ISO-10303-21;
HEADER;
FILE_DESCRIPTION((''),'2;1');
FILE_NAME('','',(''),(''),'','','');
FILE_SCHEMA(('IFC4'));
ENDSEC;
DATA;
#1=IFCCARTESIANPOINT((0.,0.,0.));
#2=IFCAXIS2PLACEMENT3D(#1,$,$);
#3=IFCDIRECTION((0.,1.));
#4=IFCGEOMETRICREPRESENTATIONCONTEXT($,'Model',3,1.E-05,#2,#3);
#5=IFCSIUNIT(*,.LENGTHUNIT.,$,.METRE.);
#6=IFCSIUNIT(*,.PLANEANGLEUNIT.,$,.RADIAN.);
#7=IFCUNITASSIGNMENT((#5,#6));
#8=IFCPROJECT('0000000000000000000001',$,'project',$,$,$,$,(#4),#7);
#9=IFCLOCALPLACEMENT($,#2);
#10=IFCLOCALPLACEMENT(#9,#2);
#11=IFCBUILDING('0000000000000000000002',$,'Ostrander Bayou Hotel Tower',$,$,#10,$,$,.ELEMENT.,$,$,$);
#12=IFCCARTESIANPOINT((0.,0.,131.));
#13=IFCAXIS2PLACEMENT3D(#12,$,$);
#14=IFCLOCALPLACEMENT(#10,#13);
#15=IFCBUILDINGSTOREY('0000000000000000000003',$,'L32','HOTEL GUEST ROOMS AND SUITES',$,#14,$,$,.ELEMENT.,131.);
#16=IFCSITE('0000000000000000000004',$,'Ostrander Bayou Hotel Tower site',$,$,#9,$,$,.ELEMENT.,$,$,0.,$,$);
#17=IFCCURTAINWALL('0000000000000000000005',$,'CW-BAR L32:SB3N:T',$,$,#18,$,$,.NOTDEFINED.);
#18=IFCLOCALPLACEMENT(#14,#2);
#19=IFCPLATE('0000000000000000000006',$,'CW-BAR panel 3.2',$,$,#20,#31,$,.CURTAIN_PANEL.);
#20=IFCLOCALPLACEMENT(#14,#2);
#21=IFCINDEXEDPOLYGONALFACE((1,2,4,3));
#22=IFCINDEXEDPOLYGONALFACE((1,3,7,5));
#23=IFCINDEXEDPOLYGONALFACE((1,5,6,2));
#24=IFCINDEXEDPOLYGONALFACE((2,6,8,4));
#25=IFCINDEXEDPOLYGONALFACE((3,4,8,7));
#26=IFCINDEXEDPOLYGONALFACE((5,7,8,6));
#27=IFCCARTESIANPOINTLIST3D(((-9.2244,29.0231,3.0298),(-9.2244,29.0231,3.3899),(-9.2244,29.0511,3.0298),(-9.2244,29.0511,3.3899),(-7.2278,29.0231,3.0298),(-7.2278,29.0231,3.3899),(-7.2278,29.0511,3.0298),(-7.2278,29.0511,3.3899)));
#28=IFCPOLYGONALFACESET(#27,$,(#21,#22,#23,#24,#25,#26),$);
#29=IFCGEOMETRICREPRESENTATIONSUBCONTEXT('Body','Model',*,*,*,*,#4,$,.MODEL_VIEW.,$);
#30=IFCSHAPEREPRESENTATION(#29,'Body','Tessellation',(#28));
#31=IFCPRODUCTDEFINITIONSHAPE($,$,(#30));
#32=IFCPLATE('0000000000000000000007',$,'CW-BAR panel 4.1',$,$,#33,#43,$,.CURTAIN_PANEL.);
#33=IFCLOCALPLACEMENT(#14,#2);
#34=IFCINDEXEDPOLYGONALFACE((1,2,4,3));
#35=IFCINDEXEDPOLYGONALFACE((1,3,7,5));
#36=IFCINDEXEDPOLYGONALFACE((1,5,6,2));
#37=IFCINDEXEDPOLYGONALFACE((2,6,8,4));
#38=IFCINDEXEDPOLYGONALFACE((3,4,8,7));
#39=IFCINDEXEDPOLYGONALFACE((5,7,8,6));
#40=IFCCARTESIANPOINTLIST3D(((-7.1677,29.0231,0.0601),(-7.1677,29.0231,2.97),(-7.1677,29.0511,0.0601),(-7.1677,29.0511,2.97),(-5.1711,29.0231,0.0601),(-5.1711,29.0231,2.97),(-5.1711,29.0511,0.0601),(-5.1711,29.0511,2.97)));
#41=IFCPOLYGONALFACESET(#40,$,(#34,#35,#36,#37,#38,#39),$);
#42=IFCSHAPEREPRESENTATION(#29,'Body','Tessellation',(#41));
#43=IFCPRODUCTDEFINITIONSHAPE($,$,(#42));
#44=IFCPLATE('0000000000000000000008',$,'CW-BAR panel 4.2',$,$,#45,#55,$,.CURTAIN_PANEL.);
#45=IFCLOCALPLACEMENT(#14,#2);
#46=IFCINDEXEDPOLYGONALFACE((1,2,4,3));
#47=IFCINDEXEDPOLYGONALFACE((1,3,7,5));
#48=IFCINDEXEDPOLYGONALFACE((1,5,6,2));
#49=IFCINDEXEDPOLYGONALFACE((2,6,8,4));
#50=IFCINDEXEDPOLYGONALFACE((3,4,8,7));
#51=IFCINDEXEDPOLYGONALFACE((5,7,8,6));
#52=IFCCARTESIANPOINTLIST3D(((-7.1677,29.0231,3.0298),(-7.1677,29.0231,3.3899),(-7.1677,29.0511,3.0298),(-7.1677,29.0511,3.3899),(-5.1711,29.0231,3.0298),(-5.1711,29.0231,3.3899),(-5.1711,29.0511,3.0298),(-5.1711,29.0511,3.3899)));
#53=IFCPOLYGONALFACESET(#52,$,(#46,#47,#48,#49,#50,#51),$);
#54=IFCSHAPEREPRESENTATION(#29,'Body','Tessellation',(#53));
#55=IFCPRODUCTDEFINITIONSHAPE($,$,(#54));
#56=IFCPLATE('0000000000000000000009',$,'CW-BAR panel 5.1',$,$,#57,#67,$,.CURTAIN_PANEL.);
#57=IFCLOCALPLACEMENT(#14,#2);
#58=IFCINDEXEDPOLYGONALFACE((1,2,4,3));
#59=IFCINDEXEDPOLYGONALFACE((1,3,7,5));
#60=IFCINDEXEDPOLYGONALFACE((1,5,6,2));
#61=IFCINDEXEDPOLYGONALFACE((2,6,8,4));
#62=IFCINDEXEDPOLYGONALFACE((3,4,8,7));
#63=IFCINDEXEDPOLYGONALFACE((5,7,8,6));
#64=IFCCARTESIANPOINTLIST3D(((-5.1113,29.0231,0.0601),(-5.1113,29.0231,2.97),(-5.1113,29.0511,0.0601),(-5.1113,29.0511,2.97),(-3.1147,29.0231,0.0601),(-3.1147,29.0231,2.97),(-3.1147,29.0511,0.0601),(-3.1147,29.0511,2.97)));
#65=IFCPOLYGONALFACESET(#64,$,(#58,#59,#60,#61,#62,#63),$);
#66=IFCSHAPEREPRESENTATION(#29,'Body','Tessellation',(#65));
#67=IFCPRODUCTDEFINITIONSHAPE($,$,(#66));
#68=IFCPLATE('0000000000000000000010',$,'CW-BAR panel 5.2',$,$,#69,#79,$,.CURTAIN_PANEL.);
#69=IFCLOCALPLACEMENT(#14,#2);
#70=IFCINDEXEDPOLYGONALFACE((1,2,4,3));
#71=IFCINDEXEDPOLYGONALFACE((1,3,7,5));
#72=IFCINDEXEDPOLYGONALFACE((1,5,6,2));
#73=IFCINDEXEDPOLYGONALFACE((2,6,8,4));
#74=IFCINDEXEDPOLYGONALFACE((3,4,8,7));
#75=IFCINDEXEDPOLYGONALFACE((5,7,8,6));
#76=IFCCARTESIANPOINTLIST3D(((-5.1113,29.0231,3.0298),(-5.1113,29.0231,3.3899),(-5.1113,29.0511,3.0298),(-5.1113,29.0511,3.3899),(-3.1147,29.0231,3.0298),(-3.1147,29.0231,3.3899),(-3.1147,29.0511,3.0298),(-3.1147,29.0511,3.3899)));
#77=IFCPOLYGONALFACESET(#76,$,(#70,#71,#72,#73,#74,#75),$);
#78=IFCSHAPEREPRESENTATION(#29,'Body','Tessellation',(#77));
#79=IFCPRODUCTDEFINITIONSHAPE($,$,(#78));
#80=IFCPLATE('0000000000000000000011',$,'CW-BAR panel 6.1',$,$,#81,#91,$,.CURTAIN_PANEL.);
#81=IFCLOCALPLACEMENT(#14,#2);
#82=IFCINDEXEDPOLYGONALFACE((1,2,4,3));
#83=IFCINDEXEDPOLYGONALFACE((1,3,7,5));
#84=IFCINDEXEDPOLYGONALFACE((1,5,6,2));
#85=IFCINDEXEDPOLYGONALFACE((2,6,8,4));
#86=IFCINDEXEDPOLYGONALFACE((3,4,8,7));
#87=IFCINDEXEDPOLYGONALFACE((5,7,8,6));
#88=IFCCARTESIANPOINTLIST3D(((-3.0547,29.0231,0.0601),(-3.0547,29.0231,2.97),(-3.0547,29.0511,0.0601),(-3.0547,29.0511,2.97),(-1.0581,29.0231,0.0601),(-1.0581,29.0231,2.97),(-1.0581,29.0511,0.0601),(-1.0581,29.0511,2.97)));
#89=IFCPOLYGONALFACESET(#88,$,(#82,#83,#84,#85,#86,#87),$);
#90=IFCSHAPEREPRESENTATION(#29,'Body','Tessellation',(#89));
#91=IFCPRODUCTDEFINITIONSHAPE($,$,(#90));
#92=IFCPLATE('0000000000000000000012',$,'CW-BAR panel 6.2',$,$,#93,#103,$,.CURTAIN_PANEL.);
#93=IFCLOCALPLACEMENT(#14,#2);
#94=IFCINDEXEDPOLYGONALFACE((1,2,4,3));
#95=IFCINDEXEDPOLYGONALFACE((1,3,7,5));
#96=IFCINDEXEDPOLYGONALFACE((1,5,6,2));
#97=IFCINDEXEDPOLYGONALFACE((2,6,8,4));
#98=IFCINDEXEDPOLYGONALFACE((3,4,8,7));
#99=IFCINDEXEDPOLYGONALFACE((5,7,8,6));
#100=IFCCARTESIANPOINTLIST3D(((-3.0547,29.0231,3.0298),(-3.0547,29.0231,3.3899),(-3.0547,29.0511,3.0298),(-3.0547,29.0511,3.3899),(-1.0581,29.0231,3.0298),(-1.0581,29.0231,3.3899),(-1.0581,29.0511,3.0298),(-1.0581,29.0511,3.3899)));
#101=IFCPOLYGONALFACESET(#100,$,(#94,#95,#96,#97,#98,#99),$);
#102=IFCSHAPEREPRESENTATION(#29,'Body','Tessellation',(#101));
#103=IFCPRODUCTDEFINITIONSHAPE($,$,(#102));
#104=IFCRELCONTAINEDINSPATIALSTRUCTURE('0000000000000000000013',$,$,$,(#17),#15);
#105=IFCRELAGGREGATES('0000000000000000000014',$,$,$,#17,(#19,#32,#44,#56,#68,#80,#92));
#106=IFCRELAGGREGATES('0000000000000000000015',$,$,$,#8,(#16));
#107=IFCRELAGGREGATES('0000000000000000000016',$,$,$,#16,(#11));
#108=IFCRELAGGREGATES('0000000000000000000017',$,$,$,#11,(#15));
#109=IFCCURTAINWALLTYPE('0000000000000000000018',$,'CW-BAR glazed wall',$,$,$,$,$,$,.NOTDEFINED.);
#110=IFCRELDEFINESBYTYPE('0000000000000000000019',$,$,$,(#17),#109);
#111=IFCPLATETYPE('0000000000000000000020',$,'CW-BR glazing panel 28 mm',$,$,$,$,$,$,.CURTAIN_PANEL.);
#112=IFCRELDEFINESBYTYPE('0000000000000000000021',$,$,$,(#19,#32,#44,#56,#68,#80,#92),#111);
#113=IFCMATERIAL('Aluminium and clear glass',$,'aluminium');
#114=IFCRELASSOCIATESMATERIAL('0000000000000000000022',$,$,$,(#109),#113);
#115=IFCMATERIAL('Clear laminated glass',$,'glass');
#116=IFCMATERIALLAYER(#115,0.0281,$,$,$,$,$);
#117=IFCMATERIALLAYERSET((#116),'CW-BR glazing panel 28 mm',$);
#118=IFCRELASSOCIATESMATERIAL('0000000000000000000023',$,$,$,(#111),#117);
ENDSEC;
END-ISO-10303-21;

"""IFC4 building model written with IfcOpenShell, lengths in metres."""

from ifc_helpers import new_model, si_unit, direction, frame, origin, origin_2d, place, context, subcontext, project, spatial, rectangle, extrude, material, layer, layer_set, type_object, element, aggregate, save


model = new_model("IFC4")

# Units and contexts
model_context = context("Model", 3, precision=1e-05, world=origin(), true_north=direction((0.0, 1.0)))
body_context = subcontext(model_context, "Body", "Model", "MODEL_VIEW")
ifc_project = project(units=[si_unit("LENGTHUNIT", "METRE"), si_unit("PLANEANGLEUNIT", "RADIAN")], contexts=[model_context])

# Site, building, storey
site_placement = place(None, origin())
site = spatial("IfcSite", under=ifc_project, at=site_placement, Name="Ostrander Bayou Hotel Tower site", CompositionType="ELEMENT", RefElevation=0.0)
building_placement = place(site_placement, origin())
building = spatial("IfcBuilding", under=site, at=building_placement, Name="Ostrander Bayou Hotel Tower", CompositionType="ELEMENT")
storey_placement = place(building_placement, frame((0.0, 0.0, 131.0)))
storey = spatial("IfcBuildingStorey", under=building, at=storey_placement, Name="L32", Description="HOTEL GUEST ROOMS AND SUITES", CompositionType="ELEMENT", Elevation=131.0)

# Curtain wall, plates
ifc_material_1 = material(Name="Aluminium and clear glass", Category="aluminium")
curtain_wall_type = type_object("IfcCurtainWallType", Name="CW-BAR glazed wall", PredefinedType="NOTDEFINED", material=ifc_material_1)
curtain_wall_placement = place(storey_placement, origin())
curtain_wall = element("IfcCurtainWall", 1, at=curtain_wall_placement, inside=storey, type_object=curtain_wall_type, Name="CW-BAR L32:SB3N:T", PredefinedType="NOTDEFINED")
ifc_material_2 = material(Name="Clear laminated glass", Category="glass")
ifc_layer = layer(ifc_material_2, 0.0281)
ifc_layer_set = layer_set([ifc_layer], Name="CW-BR glazing panel 28 mm")
plate_type = type_object("IfcPlateType", Name="CW-BR glazing panel 28 mm", PredefinedType="CURTAIN_PANEL", material=ifc_layer_set)
plate_1_placement = place(storey_placement, frame((-8.2261, 29.0371, 3.0298), z_axis=(0.0, 0.0, 1.0), x_axis=(1.0, 0.0, 0.0)))
plate_1 = element("IfcPlate", 2, at=plate_1_placement, type_object=plate_type, Name="CW-BAR panel 3.2", PredefinedType="CURTAIN_PANEL", context=body_context, shape_type="SweptSolid", body=[
    extrude(rectangle(XDim=1.9966, YDim=0.0281, at=origin_2d()), origin(), (0.0, 0.0, 1.0), 0.3601),
])
plate_2_placement = place(storey_placement, frame((-6.1694, 29.0371, 0.0601), z_axis=(0.0, 0.0, 1.0), x_axis=(1.0, 0.0, 0.0)))
plate_2 = element("IfcPlate", 3, at=plate_2_placement, type_object=plate_type, Name="CW-BAR panel 4.1", PredefinedType="CURTAIN_PANEL", context=body_context, shape_type="SweptSolid", body=[
    extrude(rectangle(XDim=1.9966, YDim=0.0281, at=origin_2d()), origin(), (0.0, 0.0, 1.0), 2.9099),
])
plate_3_placement = place(storey_placement, frame((-6.1694, 29.0371, 3.0298), z_axis=(0.0, 0.0, 1.0), x_axis=(1.0, 0.0, 0.0)))
plate_3 = element("IfcPlate", 4, at=plate_3_placement, type_object=plate_type, Name="CW-BAR panel 4.2", PredefinedType="CURTAIN_PANEL", context=body_context, shape_type="SweptSolid", body=[
    extrude(rectangle(XDim=1.9966, YDim=0.0281, at=origin_2d()), origin(), (0.0, 0.0, 1.0), 0.3601),
])
plate_4_placement = place(storey_placement, frame((-4.113, 29.0371, 0.0601), z_axis=(0.0, 0.0, 1.0), x_axis=(1.0, 0.0, 0.0)))
plate_4 = element("IfcPlate", 5, at=plate_4_placement, type_object=plate_type, Name="CW-BAR panel 5.1", PredefinedType="CURTAIN_PANEL", context=body_context, shape_type="SweptSolid", body=[
    extrude(rectangle(XDim=1.9966, YDim=0.0281, at=origin_2d()), origin(), (0.0, 0.0, 1.0), 2.9099),
])
plate_5_placement = place(storey_placement, frame((-4.113, 29.0371, 3.0298), z_axis=(0.0, 0.0, 1.0), x_axis=(1.0, 0.0, 0.0)))
plate_5 = element("IfcPlate", 6, at=plate_5_placement, type_object=plate_type, Name="CW-BAR panel 5.2", PredefinedType="CURTAIN_PANEL", context=body_context, shape_type="SweptSolid", body=[
    extrude(rectangle(XDim=1.9966, YDim=0.0281, at=origin_2d()), origin(), (0.0, 0.0, 1.0), 0.3601),
])
plate_6_placement = place(storey_placement, frame((-2.0564, 29.0371, 0.0601), z_axis=(0.0, 0.0, 1.0), x_axis=(1.0, 0.0, 0.0)))
plate_6 = element("IfcPlate", 7, at=plate_6_placement, type_object=plate_type, Name="CW-BAR panel 6.1", PredefinedType="CURTAIN_PANEL", context=body_context, shape_type="SweptSolid", body=[
    extrude(rectangle(XDim=1.9966, YDim=0.0281, at=origin_2d()), origin(), (0.0, 0.0, 1.0), 2.9099),
])
plate_7_placement = place(storey_placement, frame((-2.0564, 29.0371, 3.0298), z_axis=(0.0, 0.0, 1.0), x_axis=(1.0, 0.0, 0.0)))
plate_7 = element("IfcPlate", 8, at=plate_7_placement, type_object=plate_type, Name="CW-BAR panel 6.2", PredefinedType="CURTAIN_PANEL", context=body_context, shape_type="SweptSolid", body=[
    extrude(rectangle(XDim=1.9966, YDim=0.0281, at=origin_2d()), origin(), (0.0, 0.0, 1.0), 0.3601),
])
aggregate(curtain_wall, [plate_1, plate_2, plate_3, plate_4, plate_5, plate_6, plate_7])

save(model, "model.ifc")
